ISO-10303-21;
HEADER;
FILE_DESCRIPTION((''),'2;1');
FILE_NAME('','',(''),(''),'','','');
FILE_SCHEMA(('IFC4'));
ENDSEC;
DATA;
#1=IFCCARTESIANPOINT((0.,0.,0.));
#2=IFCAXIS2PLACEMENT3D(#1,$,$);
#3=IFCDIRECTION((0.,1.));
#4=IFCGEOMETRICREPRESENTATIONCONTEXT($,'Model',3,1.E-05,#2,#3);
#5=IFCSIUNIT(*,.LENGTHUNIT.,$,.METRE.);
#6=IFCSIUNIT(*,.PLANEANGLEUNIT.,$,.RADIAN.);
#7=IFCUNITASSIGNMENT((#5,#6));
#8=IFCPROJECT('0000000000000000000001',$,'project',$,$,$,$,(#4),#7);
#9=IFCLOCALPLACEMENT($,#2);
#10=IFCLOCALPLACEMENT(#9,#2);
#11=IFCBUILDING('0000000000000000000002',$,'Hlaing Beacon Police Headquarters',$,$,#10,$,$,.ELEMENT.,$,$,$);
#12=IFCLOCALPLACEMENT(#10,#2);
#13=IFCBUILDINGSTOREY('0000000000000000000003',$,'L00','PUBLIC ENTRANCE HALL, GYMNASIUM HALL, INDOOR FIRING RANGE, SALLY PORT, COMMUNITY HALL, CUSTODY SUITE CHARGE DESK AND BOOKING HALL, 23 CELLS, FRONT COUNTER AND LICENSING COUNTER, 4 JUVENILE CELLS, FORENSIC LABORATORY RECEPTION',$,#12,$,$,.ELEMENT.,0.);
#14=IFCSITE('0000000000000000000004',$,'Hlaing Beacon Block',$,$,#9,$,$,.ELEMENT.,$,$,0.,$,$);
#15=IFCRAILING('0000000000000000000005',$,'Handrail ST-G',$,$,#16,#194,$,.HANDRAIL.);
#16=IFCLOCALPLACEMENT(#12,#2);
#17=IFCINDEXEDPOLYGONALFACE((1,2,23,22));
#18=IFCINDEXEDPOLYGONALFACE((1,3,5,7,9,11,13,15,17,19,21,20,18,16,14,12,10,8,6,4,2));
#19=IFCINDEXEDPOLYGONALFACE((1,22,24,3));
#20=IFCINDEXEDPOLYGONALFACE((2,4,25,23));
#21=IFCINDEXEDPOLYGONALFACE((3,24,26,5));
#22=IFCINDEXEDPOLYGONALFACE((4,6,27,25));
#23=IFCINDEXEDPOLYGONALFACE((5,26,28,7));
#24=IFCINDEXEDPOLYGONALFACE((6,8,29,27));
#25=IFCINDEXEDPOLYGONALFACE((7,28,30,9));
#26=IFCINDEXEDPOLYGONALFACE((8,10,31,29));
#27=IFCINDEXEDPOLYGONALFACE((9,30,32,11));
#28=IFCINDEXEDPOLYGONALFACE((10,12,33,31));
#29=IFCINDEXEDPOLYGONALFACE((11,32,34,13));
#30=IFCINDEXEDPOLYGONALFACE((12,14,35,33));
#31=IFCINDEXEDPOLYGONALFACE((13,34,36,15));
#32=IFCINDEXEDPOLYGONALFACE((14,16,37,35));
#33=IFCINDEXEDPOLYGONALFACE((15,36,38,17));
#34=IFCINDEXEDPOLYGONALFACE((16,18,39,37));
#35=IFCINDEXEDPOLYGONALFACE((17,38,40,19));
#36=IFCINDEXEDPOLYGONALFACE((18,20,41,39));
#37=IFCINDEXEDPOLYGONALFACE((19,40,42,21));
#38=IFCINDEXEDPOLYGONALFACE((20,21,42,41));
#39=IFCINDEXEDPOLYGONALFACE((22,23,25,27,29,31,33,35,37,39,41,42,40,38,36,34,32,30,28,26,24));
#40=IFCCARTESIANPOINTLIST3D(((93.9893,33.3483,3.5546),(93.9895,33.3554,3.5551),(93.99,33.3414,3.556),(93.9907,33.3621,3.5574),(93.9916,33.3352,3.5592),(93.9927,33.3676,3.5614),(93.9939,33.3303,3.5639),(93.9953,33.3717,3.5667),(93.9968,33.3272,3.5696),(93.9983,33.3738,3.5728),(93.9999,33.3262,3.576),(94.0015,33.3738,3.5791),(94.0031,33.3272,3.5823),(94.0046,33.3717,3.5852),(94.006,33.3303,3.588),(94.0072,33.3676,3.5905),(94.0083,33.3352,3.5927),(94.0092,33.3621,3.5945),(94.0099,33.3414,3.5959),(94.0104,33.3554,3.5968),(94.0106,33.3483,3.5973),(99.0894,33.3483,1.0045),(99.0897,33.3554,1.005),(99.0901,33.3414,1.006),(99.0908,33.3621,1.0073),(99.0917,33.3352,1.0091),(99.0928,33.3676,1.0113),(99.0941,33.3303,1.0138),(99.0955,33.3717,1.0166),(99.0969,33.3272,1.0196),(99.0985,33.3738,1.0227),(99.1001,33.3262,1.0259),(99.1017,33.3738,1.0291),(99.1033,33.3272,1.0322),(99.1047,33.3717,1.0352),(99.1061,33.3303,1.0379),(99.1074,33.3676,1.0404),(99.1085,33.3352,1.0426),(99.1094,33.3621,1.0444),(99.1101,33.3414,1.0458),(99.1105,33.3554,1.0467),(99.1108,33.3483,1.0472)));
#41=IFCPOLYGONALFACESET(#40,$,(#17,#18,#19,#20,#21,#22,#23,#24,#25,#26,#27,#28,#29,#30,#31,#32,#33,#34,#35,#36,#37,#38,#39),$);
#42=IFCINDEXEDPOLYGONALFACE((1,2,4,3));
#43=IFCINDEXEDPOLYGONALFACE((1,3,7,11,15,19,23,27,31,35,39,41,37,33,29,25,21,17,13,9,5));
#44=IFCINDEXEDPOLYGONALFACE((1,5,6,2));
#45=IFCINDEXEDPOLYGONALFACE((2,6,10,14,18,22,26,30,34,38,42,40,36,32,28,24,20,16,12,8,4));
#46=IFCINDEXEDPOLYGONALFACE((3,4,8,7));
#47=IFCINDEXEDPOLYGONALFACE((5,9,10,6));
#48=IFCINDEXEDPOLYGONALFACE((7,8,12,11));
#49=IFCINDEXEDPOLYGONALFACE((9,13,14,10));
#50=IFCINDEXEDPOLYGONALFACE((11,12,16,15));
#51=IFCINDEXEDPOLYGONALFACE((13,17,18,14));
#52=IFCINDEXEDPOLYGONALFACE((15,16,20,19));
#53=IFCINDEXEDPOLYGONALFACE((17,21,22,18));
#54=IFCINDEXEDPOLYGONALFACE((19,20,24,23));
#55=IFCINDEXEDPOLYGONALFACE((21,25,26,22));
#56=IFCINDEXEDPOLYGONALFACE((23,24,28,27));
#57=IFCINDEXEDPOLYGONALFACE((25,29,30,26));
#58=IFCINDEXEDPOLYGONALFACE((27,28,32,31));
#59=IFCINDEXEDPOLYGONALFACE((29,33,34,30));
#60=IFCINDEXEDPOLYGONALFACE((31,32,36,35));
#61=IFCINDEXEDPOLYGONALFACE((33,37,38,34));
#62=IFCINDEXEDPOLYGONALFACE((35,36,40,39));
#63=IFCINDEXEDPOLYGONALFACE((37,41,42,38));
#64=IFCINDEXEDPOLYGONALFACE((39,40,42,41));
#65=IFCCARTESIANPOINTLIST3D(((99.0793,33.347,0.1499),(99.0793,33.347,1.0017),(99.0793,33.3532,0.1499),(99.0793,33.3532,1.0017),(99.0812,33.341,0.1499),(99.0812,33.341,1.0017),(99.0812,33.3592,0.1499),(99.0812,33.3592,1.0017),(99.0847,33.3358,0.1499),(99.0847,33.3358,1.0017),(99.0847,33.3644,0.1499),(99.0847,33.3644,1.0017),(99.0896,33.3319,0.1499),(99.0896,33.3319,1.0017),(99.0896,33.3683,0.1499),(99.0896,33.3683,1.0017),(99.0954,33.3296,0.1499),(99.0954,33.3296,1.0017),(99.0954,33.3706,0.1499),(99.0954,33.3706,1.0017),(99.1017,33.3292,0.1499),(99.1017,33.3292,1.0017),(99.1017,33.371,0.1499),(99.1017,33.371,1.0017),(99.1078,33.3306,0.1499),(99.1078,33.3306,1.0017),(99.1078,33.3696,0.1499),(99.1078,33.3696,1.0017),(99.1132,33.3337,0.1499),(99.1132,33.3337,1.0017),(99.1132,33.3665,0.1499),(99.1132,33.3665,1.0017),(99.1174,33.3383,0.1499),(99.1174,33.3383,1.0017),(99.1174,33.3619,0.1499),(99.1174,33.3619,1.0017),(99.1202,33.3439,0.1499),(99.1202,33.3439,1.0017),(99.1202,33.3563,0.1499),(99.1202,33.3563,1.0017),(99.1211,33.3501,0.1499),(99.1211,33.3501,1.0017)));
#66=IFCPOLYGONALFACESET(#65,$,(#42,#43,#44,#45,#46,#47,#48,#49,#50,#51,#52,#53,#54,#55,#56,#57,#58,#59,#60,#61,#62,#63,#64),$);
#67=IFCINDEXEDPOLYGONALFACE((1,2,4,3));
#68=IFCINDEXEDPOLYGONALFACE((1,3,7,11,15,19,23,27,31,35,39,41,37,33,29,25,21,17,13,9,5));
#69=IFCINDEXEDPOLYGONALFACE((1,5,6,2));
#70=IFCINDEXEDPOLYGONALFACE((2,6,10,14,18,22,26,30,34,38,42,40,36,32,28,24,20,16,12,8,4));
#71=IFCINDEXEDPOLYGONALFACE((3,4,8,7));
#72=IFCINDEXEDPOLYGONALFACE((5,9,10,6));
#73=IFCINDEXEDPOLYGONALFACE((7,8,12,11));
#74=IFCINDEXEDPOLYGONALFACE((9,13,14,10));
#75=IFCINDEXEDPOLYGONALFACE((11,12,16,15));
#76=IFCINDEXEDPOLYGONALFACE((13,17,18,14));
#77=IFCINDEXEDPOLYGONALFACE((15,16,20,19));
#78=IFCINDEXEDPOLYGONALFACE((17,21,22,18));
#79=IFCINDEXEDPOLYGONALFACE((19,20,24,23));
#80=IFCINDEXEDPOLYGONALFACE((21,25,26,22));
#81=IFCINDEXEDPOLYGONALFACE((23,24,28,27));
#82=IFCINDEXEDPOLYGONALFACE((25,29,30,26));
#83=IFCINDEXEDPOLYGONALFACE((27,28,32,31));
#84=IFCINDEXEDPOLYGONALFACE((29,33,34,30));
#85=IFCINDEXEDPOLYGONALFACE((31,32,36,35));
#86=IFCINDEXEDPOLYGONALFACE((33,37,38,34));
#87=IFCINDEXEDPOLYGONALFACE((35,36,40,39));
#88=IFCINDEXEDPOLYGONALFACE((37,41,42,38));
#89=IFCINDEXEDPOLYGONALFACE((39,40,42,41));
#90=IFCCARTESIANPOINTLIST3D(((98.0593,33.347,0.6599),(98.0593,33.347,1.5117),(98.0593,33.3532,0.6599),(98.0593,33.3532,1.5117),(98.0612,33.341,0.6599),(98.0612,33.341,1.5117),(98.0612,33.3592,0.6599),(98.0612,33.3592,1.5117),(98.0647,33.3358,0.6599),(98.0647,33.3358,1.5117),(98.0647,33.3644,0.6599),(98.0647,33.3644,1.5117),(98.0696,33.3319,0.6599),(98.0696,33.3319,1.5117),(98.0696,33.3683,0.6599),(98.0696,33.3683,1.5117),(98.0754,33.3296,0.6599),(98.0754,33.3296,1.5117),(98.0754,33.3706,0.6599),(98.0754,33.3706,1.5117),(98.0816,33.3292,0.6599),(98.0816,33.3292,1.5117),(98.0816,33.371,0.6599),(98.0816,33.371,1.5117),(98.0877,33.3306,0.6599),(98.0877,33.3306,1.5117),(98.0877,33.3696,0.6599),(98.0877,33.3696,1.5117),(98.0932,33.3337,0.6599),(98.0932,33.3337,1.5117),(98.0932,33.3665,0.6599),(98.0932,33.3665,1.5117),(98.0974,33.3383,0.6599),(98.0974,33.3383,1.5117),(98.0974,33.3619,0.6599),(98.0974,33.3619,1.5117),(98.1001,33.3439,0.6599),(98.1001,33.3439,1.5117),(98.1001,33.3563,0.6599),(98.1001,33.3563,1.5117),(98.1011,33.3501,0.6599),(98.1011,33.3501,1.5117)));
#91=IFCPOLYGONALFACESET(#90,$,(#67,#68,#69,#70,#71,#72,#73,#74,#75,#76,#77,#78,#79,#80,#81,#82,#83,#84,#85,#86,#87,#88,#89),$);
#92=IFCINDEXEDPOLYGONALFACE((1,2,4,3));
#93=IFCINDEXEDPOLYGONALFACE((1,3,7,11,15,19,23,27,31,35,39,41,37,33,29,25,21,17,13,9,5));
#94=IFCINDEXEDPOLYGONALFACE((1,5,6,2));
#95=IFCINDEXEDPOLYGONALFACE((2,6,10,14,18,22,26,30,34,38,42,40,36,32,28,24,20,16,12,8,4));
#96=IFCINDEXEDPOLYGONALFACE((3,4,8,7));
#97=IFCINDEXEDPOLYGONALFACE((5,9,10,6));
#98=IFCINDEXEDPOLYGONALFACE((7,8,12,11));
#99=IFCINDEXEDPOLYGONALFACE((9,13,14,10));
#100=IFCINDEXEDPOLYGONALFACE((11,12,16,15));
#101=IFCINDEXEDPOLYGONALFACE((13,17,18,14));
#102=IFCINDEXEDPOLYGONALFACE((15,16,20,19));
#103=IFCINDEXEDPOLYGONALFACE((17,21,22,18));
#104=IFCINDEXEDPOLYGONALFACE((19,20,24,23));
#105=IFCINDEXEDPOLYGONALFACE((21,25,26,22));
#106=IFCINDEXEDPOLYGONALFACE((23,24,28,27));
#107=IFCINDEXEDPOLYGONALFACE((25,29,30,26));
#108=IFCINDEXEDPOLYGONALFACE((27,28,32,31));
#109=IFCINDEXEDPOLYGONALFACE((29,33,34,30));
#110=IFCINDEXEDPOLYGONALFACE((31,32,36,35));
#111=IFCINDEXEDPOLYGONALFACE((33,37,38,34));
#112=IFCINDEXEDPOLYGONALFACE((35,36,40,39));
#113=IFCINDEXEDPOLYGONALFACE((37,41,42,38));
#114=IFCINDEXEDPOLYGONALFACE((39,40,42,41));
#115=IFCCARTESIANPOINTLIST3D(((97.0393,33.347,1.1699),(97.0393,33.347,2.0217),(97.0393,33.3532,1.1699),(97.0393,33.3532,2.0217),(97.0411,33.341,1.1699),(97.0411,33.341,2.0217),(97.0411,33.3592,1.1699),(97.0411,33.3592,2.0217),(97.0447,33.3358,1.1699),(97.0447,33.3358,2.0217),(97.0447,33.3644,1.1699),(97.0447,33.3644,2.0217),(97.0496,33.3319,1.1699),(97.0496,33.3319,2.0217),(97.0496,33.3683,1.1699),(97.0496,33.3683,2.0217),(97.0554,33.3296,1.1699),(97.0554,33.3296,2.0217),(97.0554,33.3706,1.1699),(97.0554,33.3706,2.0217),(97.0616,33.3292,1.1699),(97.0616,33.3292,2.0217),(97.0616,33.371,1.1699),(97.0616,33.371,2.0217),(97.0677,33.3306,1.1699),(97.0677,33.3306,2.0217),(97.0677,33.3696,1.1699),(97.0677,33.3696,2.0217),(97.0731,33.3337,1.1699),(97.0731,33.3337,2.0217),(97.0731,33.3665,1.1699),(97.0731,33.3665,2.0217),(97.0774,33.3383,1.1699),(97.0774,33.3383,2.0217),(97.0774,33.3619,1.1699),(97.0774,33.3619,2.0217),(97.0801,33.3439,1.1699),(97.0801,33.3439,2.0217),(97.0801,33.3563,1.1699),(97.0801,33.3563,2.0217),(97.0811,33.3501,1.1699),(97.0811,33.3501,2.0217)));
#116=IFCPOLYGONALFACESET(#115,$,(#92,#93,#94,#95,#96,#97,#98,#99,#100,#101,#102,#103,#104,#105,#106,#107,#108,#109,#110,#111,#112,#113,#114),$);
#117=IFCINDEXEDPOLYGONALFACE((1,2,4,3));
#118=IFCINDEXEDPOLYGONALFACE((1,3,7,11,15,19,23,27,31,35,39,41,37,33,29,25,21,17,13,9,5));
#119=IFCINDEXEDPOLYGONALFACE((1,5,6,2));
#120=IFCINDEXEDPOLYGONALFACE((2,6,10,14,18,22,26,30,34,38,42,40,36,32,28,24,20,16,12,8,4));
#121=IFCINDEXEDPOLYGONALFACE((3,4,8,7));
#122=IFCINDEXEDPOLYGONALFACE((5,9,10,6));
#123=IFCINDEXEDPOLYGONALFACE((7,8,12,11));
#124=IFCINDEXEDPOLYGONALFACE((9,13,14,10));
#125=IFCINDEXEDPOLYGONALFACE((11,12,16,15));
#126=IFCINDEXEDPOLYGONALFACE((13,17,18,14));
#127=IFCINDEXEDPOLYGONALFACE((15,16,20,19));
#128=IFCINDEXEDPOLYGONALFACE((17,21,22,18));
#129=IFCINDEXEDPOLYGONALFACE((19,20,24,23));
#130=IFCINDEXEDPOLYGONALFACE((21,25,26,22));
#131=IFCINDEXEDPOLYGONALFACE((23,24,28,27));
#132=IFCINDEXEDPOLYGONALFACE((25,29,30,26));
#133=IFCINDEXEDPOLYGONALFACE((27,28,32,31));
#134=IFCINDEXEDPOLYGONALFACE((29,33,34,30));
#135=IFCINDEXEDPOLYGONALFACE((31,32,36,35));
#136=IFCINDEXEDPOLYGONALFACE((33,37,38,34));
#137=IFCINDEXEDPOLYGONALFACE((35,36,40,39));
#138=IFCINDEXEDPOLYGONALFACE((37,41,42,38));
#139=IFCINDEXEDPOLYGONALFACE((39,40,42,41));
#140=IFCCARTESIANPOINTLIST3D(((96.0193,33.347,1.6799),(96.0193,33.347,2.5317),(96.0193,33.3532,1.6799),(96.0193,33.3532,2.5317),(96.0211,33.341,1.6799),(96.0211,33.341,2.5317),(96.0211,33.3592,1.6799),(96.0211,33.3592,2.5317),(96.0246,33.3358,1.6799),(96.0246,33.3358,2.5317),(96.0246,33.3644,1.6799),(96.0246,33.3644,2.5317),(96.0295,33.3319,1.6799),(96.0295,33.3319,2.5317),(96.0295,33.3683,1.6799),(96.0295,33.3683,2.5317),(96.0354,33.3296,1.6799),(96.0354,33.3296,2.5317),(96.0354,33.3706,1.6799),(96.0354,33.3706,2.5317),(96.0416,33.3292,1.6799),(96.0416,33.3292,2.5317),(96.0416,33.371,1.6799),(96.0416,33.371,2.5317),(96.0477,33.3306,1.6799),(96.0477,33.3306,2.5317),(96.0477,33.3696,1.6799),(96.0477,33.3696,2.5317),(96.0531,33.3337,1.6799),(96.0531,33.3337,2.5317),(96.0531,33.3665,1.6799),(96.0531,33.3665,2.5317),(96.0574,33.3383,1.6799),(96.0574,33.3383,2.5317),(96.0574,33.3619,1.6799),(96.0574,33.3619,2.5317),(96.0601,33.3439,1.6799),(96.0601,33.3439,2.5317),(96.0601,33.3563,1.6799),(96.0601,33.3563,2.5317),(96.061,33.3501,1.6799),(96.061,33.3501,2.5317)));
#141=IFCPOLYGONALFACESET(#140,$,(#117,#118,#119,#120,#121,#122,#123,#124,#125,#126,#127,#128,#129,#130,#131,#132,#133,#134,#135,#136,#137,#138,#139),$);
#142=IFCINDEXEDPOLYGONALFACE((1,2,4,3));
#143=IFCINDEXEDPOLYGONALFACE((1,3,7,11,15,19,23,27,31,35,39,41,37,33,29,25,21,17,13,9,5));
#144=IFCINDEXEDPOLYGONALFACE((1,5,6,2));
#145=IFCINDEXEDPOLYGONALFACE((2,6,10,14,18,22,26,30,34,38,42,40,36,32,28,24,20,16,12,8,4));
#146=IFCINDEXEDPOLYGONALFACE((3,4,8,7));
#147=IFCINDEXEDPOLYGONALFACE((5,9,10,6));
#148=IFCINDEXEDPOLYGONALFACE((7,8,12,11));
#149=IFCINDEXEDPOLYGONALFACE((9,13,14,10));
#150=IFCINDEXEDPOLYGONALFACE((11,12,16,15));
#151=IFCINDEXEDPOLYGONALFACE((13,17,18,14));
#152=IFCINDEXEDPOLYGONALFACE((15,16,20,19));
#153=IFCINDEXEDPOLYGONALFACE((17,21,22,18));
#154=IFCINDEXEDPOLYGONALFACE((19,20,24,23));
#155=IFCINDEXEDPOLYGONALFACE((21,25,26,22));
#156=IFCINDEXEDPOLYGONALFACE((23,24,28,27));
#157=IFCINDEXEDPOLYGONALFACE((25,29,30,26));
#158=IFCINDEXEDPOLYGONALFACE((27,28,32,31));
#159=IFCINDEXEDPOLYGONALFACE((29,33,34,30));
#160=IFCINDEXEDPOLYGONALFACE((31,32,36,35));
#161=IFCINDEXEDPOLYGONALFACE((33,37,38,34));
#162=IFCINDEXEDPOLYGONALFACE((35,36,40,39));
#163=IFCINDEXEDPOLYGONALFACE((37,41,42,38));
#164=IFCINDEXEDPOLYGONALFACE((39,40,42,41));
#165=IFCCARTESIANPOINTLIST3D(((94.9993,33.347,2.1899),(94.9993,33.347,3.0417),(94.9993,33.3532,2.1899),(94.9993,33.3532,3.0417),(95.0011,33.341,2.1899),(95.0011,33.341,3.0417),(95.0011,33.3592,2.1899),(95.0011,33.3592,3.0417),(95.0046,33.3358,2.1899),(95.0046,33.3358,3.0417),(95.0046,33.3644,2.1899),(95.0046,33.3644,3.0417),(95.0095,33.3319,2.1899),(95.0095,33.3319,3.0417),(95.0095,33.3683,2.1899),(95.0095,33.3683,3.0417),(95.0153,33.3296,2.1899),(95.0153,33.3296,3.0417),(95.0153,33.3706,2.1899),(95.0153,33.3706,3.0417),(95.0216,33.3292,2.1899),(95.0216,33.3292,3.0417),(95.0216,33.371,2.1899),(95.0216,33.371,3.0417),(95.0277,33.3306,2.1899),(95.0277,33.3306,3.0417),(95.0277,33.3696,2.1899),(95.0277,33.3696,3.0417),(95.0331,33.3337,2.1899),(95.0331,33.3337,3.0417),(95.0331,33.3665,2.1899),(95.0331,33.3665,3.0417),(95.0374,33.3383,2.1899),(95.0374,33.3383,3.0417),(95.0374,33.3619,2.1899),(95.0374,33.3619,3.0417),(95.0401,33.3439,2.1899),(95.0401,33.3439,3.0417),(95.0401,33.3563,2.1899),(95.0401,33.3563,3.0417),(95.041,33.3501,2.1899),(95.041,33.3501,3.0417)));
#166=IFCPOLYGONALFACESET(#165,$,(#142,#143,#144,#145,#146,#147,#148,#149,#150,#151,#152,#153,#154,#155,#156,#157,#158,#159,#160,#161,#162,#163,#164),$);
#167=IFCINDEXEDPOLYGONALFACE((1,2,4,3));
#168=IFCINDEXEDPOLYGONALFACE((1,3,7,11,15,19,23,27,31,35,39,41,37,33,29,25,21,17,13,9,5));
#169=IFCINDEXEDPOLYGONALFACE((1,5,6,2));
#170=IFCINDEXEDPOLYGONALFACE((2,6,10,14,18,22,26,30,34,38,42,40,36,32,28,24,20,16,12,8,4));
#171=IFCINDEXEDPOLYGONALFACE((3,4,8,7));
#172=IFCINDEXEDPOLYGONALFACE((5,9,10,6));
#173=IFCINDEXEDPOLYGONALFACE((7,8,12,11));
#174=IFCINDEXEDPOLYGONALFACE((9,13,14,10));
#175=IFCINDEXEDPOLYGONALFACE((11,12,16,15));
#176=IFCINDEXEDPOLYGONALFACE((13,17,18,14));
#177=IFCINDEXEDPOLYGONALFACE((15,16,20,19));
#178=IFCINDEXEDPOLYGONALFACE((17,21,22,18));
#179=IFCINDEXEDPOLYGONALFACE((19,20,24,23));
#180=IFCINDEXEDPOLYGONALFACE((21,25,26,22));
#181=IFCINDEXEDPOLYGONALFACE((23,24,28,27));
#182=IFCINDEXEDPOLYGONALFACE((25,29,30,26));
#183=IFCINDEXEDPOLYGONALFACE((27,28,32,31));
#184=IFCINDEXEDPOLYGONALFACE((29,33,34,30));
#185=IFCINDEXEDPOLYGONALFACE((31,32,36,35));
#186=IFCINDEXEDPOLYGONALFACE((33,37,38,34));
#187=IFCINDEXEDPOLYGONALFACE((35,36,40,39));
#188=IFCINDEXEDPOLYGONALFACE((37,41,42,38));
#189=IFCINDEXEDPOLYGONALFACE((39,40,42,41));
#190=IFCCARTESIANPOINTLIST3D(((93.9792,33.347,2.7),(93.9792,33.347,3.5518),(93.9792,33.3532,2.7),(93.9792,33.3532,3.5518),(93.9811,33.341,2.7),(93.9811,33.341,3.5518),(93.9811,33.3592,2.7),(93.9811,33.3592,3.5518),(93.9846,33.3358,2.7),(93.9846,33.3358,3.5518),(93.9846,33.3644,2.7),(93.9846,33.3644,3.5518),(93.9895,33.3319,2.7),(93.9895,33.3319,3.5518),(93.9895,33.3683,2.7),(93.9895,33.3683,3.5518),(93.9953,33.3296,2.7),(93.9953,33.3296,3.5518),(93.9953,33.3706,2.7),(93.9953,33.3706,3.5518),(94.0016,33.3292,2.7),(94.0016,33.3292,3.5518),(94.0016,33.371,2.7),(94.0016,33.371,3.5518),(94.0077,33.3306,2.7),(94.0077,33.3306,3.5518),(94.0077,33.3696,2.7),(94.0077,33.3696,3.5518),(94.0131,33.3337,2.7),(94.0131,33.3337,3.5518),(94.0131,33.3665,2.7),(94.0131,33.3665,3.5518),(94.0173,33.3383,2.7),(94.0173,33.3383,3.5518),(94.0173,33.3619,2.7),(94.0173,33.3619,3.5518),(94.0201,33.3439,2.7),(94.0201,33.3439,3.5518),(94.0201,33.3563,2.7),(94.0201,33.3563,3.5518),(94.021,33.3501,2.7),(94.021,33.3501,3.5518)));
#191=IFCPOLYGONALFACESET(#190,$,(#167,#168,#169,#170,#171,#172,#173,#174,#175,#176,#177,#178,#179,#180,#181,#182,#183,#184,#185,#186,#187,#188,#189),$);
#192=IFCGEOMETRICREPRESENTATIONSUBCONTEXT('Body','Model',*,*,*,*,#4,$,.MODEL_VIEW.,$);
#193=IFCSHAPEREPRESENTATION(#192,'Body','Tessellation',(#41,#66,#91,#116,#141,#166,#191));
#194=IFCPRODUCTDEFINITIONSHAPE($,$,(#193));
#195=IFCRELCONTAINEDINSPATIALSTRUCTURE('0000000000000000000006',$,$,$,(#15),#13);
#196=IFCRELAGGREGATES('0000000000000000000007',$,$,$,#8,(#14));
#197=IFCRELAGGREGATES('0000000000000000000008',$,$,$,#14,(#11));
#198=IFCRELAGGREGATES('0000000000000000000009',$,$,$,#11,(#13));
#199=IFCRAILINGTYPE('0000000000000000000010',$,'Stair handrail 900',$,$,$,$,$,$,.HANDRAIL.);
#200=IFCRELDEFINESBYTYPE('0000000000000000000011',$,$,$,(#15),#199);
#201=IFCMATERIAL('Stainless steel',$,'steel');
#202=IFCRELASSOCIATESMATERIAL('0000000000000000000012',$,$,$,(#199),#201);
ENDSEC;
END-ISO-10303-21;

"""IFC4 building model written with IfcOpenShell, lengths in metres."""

from ifc_helpers import new_model, si_unit, direction, frame, origin, origin_2d, place, context, subcontext, project, spatial, circle, extrude, material, type_object, element, save


model = new_model("IFC4")

# Units and contexts
model_context = context("Model", 3, precision=1e-05, world=origin(), true_north=direction((0.0, 1.0)))
body_context = subcontext(model_context, "Body", "Model", "MODEL_VIEW")
ifc_project = project(units=[si_unit("LENGTHUNIT", "METRE"), si_unit("PLANEANGLEUNIT", "RADIAN")], contexts=[model_context])

# Site, building, storey
site_placement = place(None, origin())
site = spatial("IfcSite", under=ifc_project, at=site_placement, Name="Hlaing Beacon Block", CompositionType="ELEMENT", RefElevation=0.0)
building_placement = place(site_placement, origin())
building = spatial("IfcBuilding", under=site, at=building_placement, Name="Hlaing Beacon Police Headquarters", CompositionType="ELEMENT")
storey_placement = place(building_placement, origin())
storey = spatial("IfcBuildingStorey", under=building, at=storey_placement, Name="L00", Description="PUBLIC ENTRANCE HALL, GYMNASIUM HALL, INDOOR FIRING RANGE, SALLY PORT, COMMUNITY HALL, CUSTODY SUITE CHARGE DESK AND BOOKING HALL, 23 CELLS, FRONT COUNTER AND LICENSING COUNTER, 4 JUVENILE CELLS, FORENSIC LABORATORY RECEPTION", CompositionType="ELEMENT", Elevation=0.0)

# Railing
ifc_material_1 = material(Name="Stainless steel", Category="steel")
railing_type_1 = type_object("IfcRailingType", Name="Stair handrail 900", PredefinedType="HANDRAIL", material=ifc_material_1)
for number, where, name in (
    (1, (99.1001, 33.3501, 0.1499), "Handrail ST-G"),
):
    element("IfcRailing", number, at=place(storey_placement, frame(where)), inside=storey, type_object=railing_type_1, Name=name, PredefinedType="HANDRAIL", context=body_context, shape_type="SweptSolid", body=[
        extrude(circle(Radius=0.0239, at=origin_2d()), frame((0.0, 0.0, 0.876), z_axis=(-0.894427, 0.0, 0.447214), x_axis=(0.0, -1.0, 0.0)), (0.0, 0.0, 1.0), 5.7021),
        extrude(circle(Radius=0.021, at=origin_2d()), origin(), (0.0, 0.0, 1.0), 0.8518),
        extrude(circle(Radius=0.021, at=origin_2d()), frame((-1.02, 0.0, 0.51)), (0.0, 0.0, 1.0), 0.8518),
        extrude(circle(Radius=0.021, at=origin_2d()), frame((-2.04, 0.0, 1.02)), (0.0, 0.0, 1.0), 0.8518),
        extrude(circle(Radius=0.021, at=origin_2d()), frame((-3.0601, 0.0, 1.53)), (0.0, 0.0, 1.0), 0.8518),
        extrude(circle(Radius=0.021, at=origin_2d()), frame((-4.0801, 0.0, 2.04)), (0.0, 0.0, 1.0), 0.8518),
        extrude(circle(Radius=0.021, at=origin_2d()), frame((-5.1001, 0.0, 2.55)), (0.0, 0.0, 1.0), 0.8518),
    ])

save(model, "model.ifc")
